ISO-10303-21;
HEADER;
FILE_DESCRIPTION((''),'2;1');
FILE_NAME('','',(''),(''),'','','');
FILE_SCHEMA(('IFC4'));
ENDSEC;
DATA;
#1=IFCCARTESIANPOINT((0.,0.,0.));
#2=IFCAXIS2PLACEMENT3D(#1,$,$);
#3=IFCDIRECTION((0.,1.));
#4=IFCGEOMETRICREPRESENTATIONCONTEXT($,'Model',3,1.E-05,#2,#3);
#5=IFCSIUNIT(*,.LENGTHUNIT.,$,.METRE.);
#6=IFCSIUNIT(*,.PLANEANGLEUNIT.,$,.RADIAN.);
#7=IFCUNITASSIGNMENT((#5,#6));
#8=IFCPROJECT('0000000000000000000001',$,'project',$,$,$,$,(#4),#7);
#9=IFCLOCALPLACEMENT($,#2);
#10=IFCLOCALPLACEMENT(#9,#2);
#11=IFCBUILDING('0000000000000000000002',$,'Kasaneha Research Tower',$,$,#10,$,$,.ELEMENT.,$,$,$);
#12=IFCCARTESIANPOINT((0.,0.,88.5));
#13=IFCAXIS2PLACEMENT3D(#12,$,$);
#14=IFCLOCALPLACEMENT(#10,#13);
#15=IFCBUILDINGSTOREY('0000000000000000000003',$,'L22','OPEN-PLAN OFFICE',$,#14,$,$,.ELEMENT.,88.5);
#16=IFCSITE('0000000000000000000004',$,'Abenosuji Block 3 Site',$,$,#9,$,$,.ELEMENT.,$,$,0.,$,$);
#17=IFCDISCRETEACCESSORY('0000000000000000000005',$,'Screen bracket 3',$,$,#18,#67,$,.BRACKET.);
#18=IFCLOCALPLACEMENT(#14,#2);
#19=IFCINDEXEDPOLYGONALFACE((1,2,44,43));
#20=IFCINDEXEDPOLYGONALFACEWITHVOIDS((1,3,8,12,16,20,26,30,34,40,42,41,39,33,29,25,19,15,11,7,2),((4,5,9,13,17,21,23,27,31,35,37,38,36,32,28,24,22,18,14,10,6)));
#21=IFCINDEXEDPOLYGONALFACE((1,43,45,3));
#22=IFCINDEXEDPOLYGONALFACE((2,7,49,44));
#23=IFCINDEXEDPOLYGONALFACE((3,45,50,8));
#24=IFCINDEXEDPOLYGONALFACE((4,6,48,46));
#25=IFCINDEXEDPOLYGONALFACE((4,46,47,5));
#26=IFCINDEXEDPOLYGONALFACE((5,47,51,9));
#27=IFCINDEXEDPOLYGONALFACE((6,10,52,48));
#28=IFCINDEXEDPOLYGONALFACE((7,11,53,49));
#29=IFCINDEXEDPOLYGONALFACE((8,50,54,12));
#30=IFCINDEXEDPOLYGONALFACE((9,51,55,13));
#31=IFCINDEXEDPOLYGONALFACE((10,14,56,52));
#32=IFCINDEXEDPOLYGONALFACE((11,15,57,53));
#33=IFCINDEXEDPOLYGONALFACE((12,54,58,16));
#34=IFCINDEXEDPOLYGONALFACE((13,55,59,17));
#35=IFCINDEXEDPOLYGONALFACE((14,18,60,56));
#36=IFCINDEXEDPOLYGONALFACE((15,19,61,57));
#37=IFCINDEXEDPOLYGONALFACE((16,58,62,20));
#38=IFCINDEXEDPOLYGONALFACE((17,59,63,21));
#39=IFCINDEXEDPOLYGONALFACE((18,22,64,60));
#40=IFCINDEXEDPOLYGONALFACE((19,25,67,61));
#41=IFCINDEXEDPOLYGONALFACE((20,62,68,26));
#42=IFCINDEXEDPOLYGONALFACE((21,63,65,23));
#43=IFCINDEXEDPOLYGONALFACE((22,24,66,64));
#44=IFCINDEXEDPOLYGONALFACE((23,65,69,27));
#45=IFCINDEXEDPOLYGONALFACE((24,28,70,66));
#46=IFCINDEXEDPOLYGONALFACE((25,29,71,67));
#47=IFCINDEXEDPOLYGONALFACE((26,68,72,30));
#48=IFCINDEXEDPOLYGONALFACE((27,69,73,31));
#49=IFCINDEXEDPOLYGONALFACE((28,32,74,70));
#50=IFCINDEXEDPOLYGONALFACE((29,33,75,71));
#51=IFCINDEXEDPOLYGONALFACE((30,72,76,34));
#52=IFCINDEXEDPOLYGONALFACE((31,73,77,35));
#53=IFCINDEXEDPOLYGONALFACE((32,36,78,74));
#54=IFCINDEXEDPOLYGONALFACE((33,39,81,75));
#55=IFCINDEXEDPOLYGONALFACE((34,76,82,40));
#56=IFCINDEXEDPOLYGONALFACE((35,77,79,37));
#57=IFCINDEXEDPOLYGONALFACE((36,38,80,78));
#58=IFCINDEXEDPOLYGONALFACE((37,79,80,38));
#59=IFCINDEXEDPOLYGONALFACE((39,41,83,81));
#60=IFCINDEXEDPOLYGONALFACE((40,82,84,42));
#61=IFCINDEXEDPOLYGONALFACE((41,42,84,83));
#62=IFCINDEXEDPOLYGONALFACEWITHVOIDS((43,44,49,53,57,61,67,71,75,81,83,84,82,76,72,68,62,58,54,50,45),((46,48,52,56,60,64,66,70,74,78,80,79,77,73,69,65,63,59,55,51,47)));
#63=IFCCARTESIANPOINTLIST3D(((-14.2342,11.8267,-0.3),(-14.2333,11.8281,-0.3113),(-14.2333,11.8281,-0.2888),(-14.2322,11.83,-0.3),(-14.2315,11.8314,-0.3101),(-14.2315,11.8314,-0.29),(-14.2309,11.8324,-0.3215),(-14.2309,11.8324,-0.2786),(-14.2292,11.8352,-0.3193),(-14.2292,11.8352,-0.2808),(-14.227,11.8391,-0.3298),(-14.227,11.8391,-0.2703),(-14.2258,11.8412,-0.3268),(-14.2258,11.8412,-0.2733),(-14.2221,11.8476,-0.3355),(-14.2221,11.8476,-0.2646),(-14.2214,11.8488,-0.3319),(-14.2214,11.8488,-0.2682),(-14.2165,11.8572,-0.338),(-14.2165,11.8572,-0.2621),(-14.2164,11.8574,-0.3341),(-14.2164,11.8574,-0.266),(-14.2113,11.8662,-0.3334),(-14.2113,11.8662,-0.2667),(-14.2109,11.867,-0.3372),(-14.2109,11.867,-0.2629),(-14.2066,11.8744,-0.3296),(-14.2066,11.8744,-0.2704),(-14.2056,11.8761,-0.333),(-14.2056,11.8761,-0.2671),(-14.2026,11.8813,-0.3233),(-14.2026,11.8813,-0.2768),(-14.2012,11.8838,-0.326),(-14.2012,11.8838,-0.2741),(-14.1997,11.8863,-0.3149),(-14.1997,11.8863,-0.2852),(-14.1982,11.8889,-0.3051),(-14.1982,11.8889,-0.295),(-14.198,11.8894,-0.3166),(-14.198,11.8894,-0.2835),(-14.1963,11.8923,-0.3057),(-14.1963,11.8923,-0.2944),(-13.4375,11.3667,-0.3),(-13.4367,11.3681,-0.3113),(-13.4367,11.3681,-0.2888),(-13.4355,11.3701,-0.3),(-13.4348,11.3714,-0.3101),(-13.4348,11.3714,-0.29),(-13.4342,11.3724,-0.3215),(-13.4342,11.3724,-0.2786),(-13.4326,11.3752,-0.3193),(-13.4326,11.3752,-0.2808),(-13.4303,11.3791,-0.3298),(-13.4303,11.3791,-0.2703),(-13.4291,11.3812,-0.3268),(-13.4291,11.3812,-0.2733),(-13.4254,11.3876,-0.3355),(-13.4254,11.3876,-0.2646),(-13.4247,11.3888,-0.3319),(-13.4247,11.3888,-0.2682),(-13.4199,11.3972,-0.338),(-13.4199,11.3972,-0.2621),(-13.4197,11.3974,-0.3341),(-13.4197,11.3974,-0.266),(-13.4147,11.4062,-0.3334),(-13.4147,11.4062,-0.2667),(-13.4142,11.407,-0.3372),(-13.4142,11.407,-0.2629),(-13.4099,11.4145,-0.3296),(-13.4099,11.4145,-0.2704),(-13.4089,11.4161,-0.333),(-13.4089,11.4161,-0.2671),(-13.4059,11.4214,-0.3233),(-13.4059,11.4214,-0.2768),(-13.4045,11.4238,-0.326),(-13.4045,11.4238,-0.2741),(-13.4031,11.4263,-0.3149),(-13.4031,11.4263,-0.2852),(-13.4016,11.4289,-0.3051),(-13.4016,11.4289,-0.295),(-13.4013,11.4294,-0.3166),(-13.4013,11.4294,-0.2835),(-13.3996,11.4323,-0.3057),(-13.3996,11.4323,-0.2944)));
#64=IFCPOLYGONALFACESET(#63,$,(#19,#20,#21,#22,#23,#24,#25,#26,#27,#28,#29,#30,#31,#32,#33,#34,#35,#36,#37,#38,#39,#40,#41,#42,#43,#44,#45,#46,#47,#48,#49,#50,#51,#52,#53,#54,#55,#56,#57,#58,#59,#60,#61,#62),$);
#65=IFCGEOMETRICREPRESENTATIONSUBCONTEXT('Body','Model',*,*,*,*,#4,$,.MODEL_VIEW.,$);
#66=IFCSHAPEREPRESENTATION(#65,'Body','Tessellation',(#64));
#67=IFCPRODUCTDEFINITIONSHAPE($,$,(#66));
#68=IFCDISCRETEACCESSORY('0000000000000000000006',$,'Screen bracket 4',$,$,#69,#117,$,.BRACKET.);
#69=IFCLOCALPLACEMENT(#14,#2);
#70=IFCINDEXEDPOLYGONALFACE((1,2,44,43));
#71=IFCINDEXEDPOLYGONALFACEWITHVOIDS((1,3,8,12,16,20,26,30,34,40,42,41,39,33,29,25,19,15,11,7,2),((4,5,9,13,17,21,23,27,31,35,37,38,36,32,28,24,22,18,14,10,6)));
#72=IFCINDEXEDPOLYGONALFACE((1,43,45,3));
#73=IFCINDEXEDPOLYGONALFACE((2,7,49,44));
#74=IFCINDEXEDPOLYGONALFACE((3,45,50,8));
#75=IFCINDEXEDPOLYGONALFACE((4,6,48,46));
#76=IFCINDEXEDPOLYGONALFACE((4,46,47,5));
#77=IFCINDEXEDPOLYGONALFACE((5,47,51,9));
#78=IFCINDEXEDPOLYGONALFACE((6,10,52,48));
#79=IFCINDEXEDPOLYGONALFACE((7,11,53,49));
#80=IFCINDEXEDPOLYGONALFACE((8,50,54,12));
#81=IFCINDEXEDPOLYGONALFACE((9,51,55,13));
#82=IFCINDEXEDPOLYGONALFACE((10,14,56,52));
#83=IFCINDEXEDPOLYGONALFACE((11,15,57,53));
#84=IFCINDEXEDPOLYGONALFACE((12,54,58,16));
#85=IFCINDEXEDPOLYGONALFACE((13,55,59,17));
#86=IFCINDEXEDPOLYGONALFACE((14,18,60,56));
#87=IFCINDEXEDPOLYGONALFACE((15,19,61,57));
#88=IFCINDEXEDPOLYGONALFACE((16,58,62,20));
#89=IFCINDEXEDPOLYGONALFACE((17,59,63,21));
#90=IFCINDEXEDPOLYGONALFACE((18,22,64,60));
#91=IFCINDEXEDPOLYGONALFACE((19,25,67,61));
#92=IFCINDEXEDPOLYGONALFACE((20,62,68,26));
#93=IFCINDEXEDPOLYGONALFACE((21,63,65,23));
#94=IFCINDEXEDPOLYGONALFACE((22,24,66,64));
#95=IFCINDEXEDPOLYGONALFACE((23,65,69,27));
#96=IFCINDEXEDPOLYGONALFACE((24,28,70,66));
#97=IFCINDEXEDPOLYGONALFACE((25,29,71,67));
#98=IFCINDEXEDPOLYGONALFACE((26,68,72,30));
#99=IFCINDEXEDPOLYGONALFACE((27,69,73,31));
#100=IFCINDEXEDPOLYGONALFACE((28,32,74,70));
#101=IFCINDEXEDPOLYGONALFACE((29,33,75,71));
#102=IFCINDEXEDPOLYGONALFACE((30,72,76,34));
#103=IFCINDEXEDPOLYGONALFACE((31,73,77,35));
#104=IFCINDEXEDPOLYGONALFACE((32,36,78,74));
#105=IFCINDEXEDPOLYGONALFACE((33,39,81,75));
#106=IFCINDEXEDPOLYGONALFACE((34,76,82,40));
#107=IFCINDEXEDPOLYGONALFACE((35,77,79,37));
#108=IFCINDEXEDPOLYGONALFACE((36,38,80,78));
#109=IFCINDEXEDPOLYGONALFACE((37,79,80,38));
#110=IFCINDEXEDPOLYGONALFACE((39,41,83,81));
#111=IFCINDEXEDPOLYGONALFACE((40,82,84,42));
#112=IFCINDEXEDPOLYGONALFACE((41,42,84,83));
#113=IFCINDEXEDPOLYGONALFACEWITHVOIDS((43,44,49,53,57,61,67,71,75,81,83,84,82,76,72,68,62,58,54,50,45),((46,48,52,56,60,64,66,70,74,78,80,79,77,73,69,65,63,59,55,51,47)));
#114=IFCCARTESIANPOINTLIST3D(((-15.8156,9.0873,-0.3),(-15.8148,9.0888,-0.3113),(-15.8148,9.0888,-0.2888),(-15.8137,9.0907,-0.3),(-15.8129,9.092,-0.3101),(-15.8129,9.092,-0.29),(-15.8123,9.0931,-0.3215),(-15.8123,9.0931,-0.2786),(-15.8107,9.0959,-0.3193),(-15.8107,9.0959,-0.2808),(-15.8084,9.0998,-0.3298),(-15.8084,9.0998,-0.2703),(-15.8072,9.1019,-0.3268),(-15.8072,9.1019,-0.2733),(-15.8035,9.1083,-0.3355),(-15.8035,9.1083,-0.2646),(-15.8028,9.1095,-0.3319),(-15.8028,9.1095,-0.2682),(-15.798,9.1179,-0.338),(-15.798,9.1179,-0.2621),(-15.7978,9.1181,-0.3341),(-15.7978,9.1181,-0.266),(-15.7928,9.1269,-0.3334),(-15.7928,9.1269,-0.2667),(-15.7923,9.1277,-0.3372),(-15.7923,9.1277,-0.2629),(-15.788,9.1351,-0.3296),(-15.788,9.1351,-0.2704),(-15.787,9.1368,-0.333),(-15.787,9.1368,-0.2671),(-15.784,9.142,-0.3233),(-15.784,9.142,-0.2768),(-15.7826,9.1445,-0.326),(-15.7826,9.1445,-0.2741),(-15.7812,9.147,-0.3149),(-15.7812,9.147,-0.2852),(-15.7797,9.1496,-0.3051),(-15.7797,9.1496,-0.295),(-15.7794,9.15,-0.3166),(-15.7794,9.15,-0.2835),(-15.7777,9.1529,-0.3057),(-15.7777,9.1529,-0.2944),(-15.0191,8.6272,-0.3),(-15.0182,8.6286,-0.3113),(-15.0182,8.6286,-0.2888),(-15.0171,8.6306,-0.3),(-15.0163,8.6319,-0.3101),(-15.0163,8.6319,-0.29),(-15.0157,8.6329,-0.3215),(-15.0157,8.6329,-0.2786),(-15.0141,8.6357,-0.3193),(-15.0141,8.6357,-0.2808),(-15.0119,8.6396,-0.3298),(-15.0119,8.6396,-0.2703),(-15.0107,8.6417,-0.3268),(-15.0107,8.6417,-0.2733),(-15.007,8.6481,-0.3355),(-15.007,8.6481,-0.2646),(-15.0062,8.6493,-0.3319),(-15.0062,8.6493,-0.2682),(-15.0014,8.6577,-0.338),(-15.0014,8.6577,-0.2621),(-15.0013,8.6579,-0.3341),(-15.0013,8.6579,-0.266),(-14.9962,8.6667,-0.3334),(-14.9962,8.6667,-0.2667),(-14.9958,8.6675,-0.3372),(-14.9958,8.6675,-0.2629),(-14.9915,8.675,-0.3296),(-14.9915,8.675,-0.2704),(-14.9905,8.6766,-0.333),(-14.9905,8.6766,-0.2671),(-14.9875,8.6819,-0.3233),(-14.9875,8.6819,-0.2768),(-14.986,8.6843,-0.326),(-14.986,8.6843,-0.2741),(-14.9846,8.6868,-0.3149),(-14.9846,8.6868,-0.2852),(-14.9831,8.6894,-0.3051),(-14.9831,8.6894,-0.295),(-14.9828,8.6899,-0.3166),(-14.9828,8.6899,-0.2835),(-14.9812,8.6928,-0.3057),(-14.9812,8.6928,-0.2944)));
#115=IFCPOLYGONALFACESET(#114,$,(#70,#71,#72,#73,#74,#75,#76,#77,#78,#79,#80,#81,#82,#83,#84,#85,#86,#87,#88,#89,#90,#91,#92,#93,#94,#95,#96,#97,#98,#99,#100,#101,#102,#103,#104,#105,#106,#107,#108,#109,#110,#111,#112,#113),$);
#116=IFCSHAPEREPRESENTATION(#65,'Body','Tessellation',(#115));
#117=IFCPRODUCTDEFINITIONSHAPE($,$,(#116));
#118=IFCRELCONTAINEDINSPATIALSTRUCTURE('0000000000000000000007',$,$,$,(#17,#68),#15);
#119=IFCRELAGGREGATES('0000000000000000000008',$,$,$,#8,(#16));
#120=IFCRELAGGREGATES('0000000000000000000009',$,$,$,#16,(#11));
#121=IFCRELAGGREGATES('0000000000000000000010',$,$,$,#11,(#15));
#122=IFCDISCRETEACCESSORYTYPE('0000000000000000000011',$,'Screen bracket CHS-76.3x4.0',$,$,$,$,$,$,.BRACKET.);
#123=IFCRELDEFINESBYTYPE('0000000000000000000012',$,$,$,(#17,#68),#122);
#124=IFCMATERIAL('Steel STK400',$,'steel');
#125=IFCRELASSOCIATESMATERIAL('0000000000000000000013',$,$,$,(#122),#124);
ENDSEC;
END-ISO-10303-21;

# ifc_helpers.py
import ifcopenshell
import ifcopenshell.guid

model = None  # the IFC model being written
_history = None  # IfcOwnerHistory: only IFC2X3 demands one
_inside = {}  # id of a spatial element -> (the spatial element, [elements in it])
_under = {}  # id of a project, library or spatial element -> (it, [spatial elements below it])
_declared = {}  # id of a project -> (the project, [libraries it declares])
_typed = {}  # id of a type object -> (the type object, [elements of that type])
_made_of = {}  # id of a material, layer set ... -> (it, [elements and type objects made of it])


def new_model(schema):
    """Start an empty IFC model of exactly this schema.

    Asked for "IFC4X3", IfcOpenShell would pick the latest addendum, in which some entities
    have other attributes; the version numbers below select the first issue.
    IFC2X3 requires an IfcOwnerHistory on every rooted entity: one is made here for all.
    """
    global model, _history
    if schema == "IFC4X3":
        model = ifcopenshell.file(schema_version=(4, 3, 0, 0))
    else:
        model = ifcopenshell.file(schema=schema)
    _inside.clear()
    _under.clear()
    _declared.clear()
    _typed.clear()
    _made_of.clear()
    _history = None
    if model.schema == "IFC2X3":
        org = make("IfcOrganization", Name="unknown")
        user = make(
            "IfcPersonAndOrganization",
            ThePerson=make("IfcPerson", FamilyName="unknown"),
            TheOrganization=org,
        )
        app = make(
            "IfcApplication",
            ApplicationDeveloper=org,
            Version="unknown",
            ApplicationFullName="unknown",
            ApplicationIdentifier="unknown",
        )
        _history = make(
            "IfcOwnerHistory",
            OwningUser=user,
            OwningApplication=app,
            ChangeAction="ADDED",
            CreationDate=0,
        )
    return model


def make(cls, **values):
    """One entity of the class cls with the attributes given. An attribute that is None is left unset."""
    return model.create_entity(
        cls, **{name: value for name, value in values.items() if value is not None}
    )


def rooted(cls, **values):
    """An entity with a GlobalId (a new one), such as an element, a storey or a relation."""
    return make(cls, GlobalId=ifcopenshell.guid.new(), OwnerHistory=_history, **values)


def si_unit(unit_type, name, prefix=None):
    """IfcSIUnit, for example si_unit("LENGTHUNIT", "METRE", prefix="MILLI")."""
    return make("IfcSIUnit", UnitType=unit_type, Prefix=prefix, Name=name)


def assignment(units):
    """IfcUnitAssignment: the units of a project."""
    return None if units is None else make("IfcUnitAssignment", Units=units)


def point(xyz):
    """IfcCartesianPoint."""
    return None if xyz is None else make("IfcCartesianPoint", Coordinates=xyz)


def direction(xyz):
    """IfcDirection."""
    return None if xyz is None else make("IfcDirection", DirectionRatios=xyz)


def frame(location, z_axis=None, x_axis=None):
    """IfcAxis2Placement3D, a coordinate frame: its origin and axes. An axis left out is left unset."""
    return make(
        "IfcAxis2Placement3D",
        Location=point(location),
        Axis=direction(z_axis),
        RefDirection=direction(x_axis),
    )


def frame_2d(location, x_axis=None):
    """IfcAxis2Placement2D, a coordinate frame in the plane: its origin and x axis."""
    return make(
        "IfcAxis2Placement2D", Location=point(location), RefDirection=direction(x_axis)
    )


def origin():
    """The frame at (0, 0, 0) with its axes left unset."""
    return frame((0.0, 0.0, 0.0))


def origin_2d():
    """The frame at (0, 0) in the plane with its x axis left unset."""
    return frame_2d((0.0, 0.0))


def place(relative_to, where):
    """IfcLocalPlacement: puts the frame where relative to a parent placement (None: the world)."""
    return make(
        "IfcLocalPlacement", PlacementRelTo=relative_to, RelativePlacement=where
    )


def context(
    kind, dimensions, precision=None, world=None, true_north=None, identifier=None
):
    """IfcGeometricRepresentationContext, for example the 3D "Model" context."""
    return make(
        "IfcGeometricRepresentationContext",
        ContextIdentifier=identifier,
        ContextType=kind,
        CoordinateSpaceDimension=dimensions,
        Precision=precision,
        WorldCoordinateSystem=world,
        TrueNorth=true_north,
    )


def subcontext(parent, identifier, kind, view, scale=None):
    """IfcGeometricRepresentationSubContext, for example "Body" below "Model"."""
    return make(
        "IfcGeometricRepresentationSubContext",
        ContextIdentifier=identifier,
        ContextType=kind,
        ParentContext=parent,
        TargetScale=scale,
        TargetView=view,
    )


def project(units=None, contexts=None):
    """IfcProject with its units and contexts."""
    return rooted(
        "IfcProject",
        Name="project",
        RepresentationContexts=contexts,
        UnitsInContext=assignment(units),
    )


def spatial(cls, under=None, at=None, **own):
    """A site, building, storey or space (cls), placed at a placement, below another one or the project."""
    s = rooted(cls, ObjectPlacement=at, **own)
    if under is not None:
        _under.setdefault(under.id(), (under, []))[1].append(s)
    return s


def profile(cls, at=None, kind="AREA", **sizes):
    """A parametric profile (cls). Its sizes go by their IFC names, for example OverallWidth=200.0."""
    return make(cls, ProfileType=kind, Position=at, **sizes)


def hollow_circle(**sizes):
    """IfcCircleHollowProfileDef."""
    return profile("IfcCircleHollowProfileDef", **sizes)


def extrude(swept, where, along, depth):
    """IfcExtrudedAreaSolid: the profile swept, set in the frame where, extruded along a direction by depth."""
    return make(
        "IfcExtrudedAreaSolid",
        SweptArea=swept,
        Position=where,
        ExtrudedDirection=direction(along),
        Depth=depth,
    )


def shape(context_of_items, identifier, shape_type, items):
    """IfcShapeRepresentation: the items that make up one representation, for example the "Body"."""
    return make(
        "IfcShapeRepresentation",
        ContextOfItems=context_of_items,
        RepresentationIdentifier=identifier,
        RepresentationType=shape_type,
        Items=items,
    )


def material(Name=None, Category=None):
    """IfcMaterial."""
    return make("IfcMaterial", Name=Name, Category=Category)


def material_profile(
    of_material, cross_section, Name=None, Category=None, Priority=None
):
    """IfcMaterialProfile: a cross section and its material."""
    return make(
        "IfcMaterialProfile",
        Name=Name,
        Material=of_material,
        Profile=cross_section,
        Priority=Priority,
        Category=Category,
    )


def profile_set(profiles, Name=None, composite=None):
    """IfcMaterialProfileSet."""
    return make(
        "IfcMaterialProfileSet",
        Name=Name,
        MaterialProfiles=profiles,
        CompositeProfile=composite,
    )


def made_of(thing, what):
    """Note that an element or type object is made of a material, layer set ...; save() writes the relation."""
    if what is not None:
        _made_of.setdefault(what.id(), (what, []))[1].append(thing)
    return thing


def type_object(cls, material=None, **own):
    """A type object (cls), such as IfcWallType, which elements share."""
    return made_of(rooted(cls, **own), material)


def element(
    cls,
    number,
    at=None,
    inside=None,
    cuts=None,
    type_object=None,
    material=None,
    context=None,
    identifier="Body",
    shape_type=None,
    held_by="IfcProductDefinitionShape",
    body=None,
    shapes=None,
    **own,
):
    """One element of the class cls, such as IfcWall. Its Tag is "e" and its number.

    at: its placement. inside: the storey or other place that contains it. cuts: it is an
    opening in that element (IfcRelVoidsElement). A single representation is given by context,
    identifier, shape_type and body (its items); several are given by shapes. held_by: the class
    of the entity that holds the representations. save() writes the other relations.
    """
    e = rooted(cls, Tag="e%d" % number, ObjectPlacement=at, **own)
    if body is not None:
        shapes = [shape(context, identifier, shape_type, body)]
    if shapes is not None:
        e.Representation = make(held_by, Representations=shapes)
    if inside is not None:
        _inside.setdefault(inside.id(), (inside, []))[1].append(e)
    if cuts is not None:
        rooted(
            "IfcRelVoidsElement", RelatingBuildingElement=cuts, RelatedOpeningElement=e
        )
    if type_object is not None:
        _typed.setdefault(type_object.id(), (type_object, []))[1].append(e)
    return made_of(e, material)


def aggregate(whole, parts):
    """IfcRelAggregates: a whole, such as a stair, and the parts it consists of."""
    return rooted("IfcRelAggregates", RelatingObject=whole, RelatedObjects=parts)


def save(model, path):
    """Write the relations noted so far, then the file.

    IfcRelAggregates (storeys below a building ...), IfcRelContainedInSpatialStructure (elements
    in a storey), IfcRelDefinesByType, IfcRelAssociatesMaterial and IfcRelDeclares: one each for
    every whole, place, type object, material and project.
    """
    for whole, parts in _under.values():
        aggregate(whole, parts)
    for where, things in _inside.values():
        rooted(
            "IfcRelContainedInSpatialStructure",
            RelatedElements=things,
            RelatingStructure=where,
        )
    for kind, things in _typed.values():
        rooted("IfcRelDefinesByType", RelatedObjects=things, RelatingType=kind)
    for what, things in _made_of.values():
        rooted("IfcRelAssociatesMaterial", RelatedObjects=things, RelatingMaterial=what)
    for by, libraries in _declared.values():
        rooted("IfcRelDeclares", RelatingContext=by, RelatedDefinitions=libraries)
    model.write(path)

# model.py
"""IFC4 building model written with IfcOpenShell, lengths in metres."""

from ifc_helpers import new_model, si_unit, direction, frame, origin, origin_2d, place, context, subcontext, project, spatial, hollow_circle, extrude, material, material_profile, profile_set, type_object, element, save


model = new_model("IFC4")

# Units and contexts
model_context = context("Model", 3, precision=1e-05, world=origin(), true_north=direction((0.0, 1.0)))
body_context = subcontext(model_context, "Body", "Model", "MODEL_VIEW")
ifc_project = project(units=[si_unit("LENGTHUNIT", "METRE"), si_unit("PLANEANGLEUNIT", "RADIAN")], contexts=[model_context])

# Site, building, storey
site_placement = place(None, origin())
site = spatial("IfcSite", under=ifc_project, at=site_placement, Name="Abenosuji Block 3 Site", CompositionType="ELEMENT", RefElevation=0.0)
building_placement = place(site_placement, origin())
building = spatial("IfcBuilding", under=site, at=building_placement, Name="Kasaneha Research Tower", CompositionType="ELEMENT")
storey_placement = place(building_placement, frame((0.0, 0.0, 88.5)))
storey = spatial("IfcBuildingStorey", under=building, at=storey_placement, Name="L22", Description="OPEN-PLAN OFFICE", CompositionType="ELEMENT", Elevation=88.5)

# Discrete accessories
ifc_material_1 = material(Name="Steel STK400", Category="steel")
ifc_material_profile_1 = material_profile(ifc_material_1, hollow_circle(Radius=0.0381, WallThickness=0.0039, at=origin_2d()), Name="CHS-76.3x4.0")
ifc_profile_set_1 = profile_set([ifc_material_profile_1], Name="Steel STK400")
discrete_accessory_type = type_object("IfcDiscreteAccessoryType", Name="Screen bracket CHS-76.3x4.0", PredefinedType="BRACKET", material=ifc_profile_set_1)
for number, where, z_axis, x_axis, name in (
    (1, (-13.4185, 11.3997, -0.3), (-0.866013, 0.500021, 0.0), (-0.500021, -0.866013, 0.0), "Screen bracket 3"),
    (2, (-15.0, 8.6602, -0.3), (-0.865898, 0.50022, 0.0), (-0.50022, -0.865898, 0.0), "Screen bracket 4"),
):
    element("IfcDiscreteAccessory", number, at=place(storey_placement, frame(where, z_axis=z_axis, x_axis=x_axis)), inside=storey, type_object=discrete_accessory_type, Name=name, PredefinedType="BRACKET", context=body_context, shape_type="SweptSolid", body=[
        extrude(hollow_circle(Radius=0.0381, WallThickness=0.0039, at=origin_2d()), origin(), (0.0, 0.0, 1.0), 0.9199),
    ])

save(model, "model.ifc")
